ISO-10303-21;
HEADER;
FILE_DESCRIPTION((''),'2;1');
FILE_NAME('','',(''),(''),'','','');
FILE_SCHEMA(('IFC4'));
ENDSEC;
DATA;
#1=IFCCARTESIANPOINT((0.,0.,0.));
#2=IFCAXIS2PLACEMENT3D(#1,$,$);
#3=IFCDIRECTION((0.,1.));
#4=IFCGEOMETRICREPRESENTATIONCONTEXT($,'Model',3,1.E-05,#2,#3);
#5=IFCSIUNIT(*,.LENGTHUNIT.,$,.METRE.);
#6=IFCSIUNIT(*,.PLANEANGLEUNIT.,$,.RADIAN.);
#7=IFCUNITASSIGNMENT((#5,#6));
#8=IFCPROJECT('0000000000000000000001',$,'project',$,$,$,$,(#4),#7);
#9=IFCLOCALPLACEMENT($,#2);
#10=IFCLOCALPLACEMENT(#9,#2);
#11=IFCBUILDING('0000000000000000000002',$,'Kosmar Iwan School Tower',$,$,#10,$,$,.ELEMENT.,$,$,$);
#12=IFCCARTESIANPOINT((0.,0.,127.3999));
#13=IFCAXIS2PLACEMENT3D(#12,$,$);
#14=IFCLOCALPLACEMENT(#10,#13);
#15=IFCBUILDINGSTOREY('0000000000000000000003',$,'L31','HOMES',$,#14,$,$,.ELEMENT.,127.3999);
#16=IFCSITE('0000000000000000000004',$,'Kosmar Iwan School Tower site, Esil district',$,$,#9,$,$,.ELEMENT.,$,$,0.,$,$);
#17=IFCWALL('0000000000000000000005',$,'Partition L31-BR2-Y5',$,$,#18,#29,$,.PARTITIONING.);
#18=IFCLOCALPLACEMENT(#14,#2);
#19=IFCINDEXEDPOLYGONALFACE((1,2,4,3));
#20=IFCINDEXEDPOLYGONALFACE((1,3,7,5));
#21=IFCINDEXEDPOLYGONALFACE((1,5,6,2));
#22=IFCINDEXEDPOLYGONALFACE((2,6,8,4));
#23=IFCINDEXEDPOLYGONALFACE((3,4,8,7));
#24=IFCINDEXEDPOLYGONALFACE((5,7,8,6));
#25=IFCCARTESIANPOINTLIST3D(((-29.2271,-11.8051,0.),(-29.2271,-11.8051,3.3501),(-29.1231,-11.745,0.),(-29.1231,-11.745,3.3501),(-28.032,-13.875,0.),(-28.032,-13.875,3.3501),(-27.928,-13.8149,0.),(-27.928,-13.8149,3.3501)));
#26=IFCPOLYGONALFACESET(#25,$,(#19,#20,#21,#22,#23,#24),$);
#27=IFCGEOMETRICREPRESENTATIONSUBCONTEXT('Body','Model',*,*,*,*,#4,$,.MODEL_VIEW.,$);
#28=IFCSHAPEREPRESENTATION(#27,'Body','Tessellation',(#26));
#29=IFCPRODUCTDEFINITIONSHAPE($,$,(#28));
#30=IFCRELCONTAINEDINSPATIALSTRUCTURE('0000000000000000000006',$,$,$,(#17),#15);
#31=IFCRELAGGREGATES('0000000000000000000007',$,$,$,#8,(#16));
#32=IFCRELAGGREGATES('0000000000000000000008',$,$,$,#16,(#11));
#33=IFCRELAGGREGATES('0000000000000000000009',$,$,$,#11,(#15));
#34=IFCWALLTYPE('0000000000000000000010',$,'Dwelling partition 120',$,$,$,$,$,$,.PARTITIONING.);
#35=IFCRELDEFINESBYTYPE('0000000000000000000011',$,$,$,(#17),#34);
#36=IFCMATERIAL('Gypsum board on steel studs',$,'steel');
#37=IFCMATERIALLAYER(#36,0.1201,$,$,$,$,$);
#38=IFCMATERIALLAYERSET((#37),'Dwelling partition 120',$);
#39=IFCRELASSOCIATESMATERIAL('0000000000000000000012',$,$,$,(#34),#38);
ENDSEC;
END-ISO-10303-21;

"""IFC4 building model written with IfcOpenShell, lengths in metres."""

from ifc_helpers import new_model, si_unit, direction, frame, frame_2d, origin, place, context, subcontext, project, spatial, rectangle, extrude, material, layer, layer_set, type_object, element, save


model = new_model("IFC4")

# Units and contexts
model_context = context("Model", 3, precision=1e-05, world=origin(), true_north=direction((0.0, 1.0)))
body_context = subcontext(model_context, "Body", "Model", "MODEL_VIEW")
ifc_project = project(units=[si_unit("LENGTHUNIT", "METRE"), si_unit("PLANEANGLEUNIT", "RADIAN")], contexts=[model_context])

# Site, building, storey
site_placement = place(None, origin())
site = spatial("IfcSite", under=ifc_project, at=site_placement, Name="Kosmar Iwan School Tower site, Esil district", CompositionType="ELEMENT", RefElevation=0.0)
building_placement = place(site_placement, origin())
building = spatial("IfcBuilding", under=site, at=building_placement, Name="Kosmar Iwan School Tower", CompositionType="ELEMENT")
storey_placement = place(building_placement, frame((0.0, 0.0, 127.3999)))
storey = spatial("IfcBuildingStorey", under=building, at=storey_placement, Name="L31", Description="HOMES", CompositionType="ELEMENT", Elevation=127.3999)

# Wall
ifc_material_1 = material(Name="Gypsum board on steel studs", Category="steel")
ifc_layer_1 = layer(ifc_material_1, 0.1201)
ifc_layer_set_1 = layer_set([ifc_layer_1], Name="Dwelling partition 120")
wall_type_1 = type_object("IfcWallType", Name="Dwelling partition 120", PredefinedType="PARTITIONING", material=ifc_layer_set_1)
wall_1_placement = place(storey_placement, frame((-27.98, -13.845, 0.0), z_axis=(0.0, 0.0, 1.0), x_axis=(-0.500017, 0.866015, 0.0)))
element("IfcWall", 1, at=wall_1_placement, inside=storey, type_object=wall_type_1, Name="Partition L31-BR2-Y5", PredefinedType="PARTITIONING", context=body_context, shape_type="SweptSolid", body=[
    extrude(rectangle(XDim=2.3901, YDim=0.1201, at=frame_2d((1.1951, 0.0))), origin(), (0.0, 0.0, 1.0), 3.3501),
])

save(model, "model.ifc")
